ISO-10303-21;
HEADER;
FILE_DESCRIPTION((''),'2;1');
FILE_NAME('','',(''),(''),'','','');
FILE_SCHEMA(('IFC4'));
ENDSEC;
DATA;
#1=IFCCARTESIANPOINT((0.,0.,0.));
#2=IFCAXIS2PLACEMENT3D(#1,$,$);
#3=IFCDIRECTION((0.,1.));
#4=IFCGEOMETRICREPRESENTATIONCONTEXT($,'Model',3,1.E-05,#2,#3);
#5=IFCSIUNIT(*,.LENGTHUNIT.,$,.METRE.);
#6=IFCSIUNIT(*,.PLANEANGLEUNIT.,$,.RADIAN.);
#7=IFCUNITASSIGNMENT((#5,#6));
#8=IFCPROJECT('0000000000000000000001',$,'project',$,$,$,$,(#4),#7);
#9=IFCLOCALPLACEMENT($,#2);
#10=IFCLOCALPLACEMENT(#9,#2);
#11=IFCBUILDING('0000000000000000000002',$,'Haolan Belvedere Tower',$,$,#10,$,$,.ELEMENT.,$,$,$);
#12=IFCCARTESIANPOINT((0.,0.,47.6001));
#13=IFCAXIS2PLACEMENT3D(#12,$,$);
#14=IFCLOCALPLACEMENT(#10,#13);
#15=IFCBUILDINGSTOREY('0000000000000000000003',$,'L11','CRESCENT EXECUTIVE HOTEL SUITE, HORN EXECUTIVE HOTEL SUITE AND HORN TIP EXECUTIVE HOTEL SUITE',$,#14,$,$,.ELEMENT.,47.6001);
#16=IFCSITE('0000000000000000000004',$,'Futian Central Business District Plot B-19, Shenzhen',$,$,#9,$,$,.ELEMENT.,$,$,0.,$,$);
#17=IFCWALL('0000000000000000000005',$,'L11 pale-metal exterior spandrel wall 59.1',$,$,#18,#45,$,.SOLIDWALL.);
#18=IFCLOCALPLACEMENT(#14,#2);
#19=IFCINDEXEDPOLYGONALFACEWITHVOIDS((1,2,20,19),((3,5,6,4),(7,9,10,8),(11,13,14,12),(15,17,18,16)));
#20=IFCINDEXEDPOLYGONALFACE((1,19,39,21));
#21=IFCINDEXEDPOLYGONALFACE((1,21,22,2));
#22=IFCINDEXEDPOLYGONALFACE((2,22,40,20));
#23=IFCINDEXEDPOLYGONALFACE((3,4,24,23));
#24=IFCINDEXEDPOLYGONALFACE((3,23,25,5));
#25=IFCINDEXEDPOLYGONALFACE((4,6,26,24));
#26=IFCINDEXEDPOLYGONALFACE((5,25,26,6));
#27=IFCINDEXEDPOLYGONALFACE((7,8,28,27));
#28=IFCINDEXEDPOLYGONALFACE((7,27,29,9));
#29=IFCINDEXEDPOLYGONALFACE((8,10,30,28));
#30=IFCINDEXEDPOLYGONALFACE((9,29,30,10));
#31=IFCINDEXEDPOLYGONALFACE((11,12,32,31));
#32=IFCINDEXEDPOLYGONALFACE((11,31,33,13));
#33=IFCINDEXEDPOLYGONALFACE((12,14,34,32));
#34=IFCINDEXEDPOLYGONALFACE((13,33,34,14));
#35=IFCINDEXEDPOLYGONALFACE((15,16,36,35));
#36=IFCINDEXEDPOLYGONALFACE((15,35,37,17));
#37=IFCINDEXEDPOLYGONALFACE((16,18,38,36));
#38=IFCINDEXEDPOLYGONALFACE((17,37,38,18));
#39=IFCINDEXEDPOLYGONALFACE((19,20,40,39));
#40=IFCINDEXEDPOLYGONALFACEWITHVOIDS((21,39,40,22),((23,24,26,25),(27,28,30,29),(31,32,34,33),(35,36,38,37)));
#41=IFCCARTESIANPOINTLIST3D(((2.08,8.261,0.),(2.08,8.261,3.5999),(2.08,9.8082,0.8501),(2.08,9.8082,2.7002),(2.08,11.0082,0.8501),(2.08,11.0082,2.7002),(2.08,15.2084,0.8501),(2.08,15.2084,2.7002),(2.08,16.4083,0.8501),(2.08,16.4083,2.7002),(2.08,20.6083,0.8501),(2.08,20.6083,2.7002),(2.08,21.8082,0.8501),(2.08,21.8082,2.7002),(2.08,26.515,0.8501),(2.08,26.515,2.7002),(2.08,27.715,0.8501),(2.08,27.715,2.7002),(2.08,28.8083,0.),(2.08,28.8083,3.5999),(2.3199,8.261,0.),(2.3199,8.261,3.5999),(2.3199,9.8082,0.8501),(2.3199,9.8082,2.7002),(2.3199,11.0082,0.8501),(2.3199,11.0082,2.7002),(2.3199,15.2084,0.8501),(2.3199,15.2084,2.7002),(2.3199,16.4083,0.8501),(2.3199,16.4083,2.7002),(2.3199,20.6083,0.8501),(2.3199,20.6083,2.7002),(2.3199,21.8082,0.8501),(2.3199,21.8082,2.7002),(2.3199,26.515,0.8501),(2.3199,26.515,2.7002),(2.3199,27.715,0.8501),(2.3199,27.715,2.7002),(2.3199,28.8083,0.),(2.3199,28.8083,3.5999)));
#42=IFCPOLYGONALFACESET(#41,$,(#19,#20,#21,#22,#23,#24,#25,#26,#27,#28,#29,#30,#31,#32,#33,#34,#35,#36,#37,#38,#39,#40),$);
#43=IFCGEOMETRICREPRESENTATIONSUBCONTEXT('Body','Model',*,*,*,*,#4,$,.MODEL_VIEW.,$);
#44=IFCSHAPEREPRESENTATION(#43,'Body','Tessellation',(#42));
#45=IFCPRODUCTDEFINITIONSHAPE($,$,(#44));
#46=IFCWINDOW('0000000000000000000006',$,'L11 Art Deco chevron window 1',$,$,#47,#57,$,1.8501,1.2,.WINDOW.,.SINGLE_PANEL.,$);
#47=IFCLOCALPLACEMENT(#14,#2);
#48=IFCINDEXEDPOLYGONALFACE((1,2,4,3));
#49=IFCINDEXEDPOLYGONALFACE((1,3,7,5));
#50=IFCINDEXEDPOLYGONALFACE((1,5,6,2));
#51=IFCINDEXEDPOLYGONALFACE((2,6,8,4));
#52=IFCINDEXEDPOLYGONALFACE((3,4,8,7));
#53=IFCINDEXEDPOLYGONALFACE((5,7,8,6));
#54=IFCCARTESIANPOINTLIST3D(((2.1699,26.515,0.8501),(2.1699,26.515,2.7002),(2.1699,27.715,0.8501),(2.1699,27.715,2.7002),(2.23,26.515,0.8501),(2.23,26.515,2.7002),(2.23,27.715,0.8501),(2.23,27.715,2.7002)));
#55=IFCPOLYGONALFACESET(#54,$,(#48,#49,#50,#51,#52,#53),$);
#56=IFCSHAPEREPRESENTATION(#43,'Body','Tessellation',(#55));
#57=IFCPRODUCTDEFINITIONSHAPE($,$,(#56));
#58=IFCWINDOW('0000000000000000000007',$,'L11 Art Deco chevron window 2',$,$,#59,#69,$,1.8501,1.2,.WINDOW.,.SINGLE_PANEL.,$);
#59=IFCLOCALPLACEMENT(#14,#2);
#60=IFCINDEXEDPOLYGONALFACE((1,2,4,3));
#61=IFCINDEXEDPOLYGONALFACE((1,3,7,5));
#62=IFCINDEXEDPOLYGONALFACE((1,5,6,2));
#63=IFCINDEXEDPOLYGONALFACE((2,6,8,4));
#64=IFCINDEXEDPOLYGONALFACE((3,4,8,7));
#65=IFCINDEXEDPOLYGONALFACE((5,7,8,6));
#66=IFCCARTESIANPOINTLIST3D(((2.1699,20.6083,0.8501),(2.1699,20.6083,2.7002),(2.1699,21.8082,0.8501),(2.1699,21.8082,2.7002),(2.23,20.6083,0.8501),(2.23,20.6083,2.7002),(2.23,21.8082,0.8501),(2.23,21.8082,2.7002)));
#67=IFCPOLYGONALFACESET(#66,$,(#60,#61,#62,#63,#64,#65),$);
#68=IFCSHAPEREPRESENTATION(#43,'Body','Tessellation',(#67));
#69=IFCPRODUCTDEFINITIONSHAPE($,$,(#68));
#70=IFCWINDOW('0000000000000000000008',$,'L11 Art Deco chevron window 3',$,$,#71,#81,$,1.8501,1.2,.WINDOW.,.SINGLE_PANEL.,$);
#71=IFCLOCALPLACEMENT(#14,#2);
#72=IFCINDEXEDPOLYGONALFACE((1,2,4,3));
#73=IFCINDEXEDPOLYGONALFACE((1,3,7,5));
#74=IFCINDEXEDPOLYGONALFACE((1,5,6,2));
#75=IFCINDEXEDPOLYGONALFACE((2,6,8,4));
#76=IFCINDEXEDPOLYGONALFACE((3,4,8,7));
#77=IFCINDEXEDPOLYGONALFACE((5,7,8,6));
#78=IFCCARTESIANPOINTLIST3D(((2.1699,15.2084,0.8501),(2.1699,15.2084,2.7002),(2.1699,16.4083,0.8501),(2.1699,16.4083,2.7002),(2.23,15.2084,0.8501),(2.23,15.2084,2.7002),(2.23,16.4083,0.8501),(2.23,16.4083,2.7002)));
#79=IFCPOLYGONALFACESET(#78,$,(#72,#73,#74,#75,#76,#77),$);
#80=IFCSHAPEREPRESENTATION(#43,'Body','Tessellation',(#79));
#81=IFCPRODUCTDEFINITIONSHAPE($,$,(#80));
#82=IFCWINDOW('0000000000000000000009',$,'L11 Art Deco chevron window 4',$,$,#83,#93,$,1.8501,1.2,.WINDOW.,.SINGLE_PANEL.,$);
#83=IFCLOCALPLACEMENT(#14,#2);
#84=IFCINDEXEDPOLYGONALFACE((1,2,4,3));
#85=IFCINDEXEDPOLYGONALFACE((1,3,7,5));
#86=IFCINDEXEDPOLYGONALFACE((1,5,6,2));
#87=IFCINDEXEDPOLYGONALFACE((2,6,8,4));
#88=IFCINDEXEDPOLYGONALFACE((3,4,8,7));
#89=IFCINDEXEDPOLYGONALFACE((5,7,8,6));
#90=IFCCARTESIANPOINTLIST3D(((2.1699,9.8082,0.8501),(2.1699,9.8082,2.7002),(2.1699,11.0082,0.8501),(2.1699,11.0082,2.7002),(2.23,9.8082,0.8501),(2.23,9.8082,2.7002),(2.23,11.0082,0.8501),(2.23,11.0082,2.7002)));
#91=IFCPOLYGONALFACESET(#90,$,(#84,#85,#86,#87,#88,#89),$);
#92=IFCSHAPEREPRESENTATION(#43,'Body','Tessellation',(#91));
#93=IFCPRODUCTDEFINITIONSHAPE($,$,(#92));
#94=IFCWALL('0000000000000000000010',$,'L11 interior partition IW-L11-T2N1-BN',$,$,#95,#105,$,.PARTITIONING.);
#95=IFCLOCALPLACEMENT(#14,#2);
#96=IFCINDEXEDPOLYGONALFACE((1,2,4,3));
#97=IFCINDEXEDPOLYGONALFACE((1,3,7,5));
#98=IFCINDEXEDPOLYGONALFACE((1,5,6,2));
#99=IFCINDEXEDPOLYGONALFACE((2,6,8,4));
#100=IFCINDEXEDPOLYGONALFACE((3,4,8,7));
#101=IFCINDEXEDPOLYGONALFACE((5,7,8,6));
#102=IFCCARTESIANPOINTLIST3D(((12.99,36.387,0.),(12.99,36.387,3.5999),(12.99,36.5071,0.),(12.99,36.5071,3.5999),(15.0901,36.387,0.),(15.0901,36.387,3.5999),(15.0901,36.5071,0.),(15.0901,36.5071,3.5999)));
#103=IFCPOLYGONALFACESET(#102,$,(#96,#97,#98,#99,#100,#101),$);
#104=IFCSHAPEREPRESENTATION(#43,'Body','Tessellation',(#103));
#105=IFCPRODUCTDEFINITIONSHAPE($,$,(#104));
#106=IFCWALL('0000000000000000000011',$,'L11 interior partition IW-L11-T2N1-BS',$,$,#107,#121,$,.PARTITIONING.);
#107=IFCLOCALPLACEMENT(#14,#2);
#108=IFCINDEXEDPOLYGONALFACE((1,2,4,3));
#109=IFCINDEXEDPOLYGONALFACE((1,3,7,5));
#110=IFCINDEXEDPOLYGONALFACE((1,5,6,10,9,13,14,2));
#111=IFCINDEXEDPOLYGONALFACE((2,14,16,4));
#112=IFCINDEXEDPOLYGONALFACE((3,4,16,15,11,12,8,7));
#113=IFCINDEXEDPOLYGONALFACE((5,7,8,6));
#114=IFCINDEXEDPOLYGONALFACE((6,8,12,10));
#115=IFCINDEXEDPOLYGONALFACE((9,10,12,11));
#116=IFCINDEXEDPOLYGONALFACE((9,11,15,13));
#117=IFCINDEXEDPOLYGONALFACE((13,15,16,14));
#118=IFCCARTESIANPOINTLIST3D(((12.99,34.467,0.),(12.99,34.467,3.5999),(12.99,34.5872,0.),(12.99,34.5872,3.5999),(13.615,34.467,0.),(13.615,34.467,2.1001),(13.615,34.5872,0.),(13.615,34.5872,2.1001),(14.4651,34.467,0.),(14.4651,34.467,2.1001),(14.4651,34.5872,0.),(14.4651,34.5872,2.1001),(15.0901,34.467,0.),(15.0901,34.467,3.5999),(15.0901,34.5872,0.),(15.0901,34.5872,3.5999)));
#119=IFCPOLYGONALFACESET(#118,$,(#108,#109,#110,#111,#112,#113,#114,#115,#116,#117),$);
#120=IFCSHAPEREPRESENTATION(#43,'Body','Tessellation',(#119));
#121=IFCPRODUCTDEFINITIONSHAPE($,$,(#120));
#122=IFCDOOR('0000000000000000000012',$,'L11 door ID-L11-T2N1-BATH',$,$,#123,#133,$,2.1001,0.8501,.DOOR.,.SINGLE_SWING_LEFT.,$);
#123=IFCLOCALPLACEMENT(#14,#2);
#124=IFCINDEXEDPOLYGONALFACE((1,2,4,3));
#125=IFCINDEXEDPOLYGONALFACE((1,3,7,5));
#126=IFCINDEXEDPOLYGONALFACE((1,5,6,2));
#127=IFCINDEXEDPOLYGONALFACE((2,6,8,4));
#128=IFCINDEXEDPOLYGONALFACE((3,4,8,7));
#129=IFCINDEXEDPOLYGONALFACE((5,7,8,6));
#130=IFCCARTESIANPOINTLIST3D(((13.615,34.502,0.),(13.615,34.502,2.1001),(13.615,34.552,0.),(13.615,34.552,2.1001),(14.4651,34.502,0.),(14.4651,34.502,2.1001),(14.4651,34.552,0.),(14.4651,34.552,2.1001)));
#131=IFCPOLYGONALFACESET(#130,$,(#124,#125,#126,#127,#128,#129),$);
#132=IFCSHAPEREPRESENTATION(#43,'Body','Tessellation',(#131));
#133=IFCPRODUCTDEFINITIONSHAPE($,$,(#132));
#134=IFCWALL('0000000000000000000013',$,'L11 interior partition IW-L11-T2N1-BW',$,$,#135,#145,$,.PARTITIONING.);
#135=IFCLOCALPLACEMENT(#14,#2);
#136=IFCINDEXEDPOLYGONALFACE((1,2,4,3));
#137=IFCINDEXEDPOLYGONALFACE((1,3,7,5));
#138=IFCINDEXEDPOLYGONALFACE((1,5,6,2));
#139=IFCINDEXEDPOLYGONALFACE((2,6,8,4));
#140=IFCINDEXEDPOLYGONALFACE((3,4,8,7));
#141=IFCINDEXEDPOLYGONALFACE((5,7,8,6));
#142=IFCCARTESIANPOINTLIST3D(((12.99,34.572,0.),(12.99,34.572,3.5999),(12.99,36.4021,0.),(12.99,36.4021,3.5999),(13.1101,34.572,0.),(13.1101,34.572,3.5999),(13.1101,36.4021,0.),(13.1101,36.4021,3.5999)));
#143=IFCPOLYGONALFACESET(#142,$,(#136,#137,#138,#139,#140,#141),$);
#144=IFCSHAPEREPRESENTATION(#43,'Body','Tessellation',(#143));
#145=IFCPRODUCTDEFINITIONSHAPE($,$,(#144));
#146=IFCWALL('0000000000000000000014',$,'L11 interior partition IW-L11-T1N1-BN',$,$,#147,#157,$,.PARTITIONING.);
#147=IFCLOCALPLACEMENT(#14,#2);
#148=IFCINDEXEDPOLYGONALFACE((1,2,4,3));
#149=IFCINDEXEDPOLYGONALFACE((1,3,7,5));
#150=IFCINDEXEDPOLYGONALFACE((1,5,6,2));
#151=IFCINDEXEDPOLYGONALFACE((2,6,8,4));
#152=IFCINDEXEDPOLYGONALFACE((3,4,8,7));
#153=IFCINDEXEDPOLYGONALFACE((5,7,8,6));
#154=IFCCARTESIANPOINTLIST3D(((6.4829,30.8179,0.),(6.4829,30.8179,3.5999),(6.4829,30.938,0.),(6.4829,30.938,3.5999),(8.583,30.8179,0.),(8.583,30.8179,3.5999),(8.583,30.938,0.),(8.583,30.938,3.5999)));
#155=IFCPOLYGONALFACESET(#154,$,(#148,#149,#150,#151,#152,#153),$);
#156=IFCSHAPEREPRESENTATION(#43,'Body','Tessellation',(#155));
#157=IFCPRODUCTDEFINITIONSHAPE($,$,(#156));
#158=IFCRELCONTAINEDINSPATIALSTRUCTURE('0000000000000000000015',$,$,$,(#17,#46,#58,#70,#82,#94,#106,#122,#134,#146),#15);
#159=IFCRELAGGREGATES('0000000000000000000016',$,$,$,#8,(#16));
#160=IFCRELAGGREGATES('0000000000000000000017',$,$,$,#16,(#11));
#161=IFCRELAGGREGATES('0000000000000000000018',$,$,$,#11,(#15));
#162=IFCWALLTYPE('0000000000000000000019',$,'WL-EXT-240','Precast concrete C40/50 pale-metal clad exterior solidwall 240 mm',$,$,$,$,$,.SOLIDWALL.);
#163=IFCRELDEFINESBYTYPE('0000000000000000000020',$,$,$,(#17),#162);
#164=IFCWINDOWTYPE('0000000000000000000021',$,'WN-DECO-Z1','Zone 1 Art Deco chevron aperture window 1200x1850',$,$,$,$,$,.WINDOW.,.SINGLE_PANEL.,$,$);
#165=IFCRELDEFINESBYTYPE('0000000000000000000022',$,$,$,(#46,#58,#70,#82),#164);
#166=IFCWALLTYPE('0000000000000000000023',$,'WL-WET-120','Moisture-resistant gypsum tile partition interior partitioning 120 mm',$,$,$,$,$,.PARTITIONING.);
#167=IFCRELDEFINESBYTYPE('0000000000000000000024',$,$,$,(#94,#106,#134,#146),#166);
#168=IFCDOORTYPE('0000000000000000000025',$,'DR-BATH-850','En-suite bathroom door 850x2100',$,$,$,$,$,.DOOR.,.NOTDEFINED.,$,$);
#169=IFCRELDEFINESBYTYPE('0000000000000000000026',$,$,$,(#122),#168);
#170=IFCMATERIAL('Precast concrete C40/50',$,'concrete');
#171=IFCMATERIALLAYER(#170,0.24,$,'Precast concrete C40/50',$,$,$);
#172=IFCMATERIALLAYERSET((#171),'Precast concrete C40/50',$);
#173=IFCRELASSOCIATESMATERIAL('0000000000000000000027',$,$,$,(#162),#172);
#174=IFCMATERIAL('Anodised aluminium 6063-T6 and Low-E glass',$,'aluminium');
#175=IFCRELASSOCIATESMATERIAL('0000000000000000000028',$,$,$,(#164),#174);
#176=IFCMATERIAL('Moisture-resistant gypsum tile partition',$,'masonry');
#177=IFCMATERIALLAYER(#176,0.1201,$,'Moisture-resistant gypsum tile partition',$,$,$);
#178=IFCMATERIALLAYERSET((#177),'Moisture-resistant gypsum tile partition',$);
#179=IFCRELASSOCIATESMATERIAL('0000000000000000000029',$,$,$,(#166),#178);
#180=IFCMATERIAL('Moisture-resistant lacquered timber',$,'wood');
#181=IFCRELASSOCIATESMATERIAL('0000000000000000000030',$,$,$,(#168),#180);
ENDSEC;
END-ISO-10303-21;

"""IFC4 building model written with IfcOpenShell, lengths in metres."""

from ifc_helpers import new_model, si_unit, direction, frame, frame_2d, origin, place, context, subcontext, project, spatial, rectangle, extrude, material, layer, layer_set, type_object, element, fill, save


model = new_model("IFC4")

# Units and contexts
model_context = context("Model", 3, precision=1e-05, world=origin(), true_north=direction((0.0, 1.0)))
body_context = subcontext(model_context, "Body", "Model", "MODEL_VIEW")
ifc_project = project(units=[si_unit("LENGTHUNIT", "METRE"), si_unit("PLANEANGLEUNIT", "RADIAN")], contexts=[model_context])

# Site, building, storey
site_placement = place(None, origin())
site = spatial("IfcSite", under=ifc_project, at=site_placement, Name="Futian Central Business District Plot B-19, Shenzhen", CompositionType="ELEMENT", RefElevation=0.0)
building_placement = place(site_placement, origin())
building = spatial("IfcBuilding", under=site, at=building_placement, Name="Haolan Belvedere Tower", CompositionType="ELEMENT")
storey_placement = place(building_placement, frame((0.0, 0.0, 47.6001)))
storey = spatial("IfcBuildingStorey", under=building, at=storey_placement, Name="L11", Description="CRESCENT EXECUTIVE HOTEL SUITE, HORN EXECUTIVE HOTEL SUITE AND HORN TIP EXECUTIVE HOTEL SUITE", CompositionType="ELEMENT", Elevation=47.6001)

# Shared definitions
ifc_material_1 = material(Name="Precast concrete C40/50", Category="concrete")
ifc_layer_1 = layer(ifc_material_1, 0.24, Name="Precast concrete C40/50")
ifc_layer_set_1 = layer_set([ifc_layer_1], Name="Precast concrete C40/50")
wall_type_1 = type_object("IfcWallType", Name="WL-EXT-240", Description="Precast concrete C40/50 pale-metal clad exterior solidwall 240 mm", PredefinedType="SOLIDWALL", material=ifc_layer_set_1)

# Shared definitions
ifc_material_2 = material(Name="Anodised aluminium 6063-T6 and Low-E glass", Category="aluminium")
window_type = type_object("IfcWindowType", Name="WN-DECO-Z1", Description="Zone 1 Art Deco chevron aperture window 1200x1850", PartitioningType="SINGLE_PANEL", PredefinedType="WINDOW", material=ifc_material_2)

# Wall, openings, windows
wall_1_placement = place(storey_placement, frame((2.2, 28.8083, 0.0), z_axis=(0.0, 0.0, 1.0), x_axis=(0.0, -1.0, 0.0)))
wall_1 = element("IfcWall", 1, at=wall_1_placement, inside=storey, type_object=wall_type_1, Name="L11 pale-metal exterior spandrel wall 59.1", PredefinedType="SOLIDWALL", context=body_context, shape_type="SweptSolid", body=[
    extrude(rectangle(XDim=20.5474, YDim=0.24, at=frame_2d((10.2737, 0.0))), origin(), (0.0, 0.0, 1.0), 3.5999),
])
opening_1_placement = place(wall_1_placement, frame((1.0933, 0.0, 0.8501)))
opening_1 = element("IfcOpeningElement", 2, at=opening_1_placement, cuts=wall_1, PredefinedType="OPENING", context=body_context, shape_type="SweptSolid", body=[
    extrude(rectangle(XDim=1.2, YDim=1.8501, at=frame_2d((0.6001, 0.925))), frame((0.0, 0.1299, 0.0), z_axis=(0.0, -1.0, 0.0), x_axis=(1.0, 0.0, 0.0)), (0.0, 0.0, 1.0), 0.26),
])
opening_2_placement = place(wall_1_placement, frame((7.0, 0.0, 0.8501)))
opening_2 = element("IfcOpeningElement", 3, at=opening_2_placement, cuts=wall_1, PredefinedType="OPENING", context=body_context, shape_type="SweptSolid", body=[
    extrude(rectangle(XDim=1.2, YDim=1.8501, at=frame_2d((0.6001, 0.925))), frame((0.0, 0.1299, 0.0), z_axis=(0.0, -1.0, 0.0), x_axis=(1.0, 0.0, 0.0)), (0.0, 0.0, 1.0), 0.26),
])
opening_3_placement = place(wall_1_placement, frame((12.3999, 0.0, 0.8501)))
opening_3 = element("IfcOpeningElement", 4, at=opening_3_placement, cuts=wall_1, PredefinedType="OPENING", context=body_context, shape_type="SweptSolid", body=[
    extrude(rectangle(XDim=1.2, YDim=1.8501, at=frame_2d((0.6001, 0.925))), frame((0.0, 0.1299, 0.0), z_axis=(0.0, -1.0, 0.0), x_axis=(1.0, 0.0, 0.0)), (0.0, 0.0, 1.0), 0.26),
])
opening_4_placement = place(wall_1_placement, frame((17.8, 0.0, 0.8501)))
opening_4 = element("IfcOpeningElement", 5, at=opening_4_placement, cuts=wall_1, PredefinedType="OPENING", context=body_context, shape_type="SweptSolid", body=[
    extrude(rectangle(XDim=1.2, YDim=1.8501, at=frame_2d((0.6001, 0.925))), frame((0.0, 0.1299, 0.0), z_axis=(0.0, -1.0, 0.0), x_axis=(1.0, 0.0, 0.0)), (0.0, 0.0, 1.0), 0.26),
])
window_1_placement = place(opening_1_placement, origin())
window_1 = element("IfcWindow", 6, at=window_1_placement, inside=storey, type_object=window_type, Name="L11 Art Deco chevron window 1", OverallHeight=1.8501, OverallWidth=1.2, PartitioningType="SINGLE_PANEL", PredefinedType="WINDOW", context=body_context, shape_type="SweptSolid", body=[
    extrude(rectangle(XDim=1.2, YDim=1.8501, at=frame_2d((0.6001, 0.925))), frame((0.0, 0.03, 0.0), z_axis=(0.0, -1.0, 0.0), x_axis=(1.0, 0.0, 0.0)), (0.0, 0.0, 1.0), 0.0601),
])
fill(opening_1, window_1)
window_2_placement = place(opening_2_placement, origin())
window_2 = element("IfcWindow", 7, at=window_2_placement, inside=storey, type_object=window_type, Name="L11 Art Deco chevron window 2", OverallHeight=1.8501, OverallWidth=1.2, PartitioningType="SINGLE_PANEL", PredefinedType="WINDOW", context=body_context, shape_type="SweptSolid", body=[
    extrude(rectangle(XDim=1.2, YDim=1.8501, at=frame_2d((0.6001, 0.925))), frame((0.0, 0.03, 0.0), z_axis=(0.0, -1.0, 0.0), x_axis=(1.0, 0.0, 0.0)), (0.0, 0.0, 1.0), 0.0601),
])
fill(opening_2, window_2)
window_3_placement = place(opening_3_placement, origin())
window_3 = element("IfcWindow", 8, at=window_3_placement, inside=storey, type_object=window_type, Name="L11 Art Deco chevron window 3", OverallHeight=1.8501, OverallWidth=1.2, PartitioningType="SINGLE_PANEL", PredefinedType="WINDOW", context=body_context, shape_type="SweptSolid", body=[
    extrude(rectangle(XDim=1.2, YDim=1.8501, at=frame_2d((0.6001, 0.925))), frame((0.0, 0.03, 0.0), z_axis=(0.0, -1.0, 0.0), x_axis=(1.0, 0.0, 0.0)), (0.0, 0.0, 1.0), 0.0601),
])
fill(opening_3, window_3)
window_4_placement = place(opening_4_placement, origin())
window_4 = element("IfcWindow", 9, at=window_4_placement, inside=storey, type_object=window_type, Name="L11 Art Deco chevron window 4", OverallHeight=1.8501, OverallWidth=1.2, PartitioningType="SINGLE_PANEL", PredefinedType="WINDOW", context=body_context, shape_type="SweptSolid", body=[
    extrude(rectangle(XDim=1.2, YDim=1.8501, at=frame_2d((0.6001, 0.925))), frame((0.0, 0.03, 0.0), z_axis=(0.0, -1.0, 0.0), x_axis=(1.0, 0.0, 0.0)), (0.0, 0.0, 1.0), 0.0601),
])
fill(opening_4, window_4)

# Wall
ifc_material_3 = material(Name="Moisture-resistant gypsum tile partition", Category="masonry")
ifc_layer_2 = layer(ifc_material_3, 0.1201, Name="Moisture-resistant gypsum tile partition")
ifc_layer_set_2 = layer_set([ifc_layer_2], Name="Moisture-resistant gypsum tile partition")
wall_type_2 = type_object("IfcWallType", Name="WL-WET-120", Description="Moisture-resistant gypsum tile partition interior partitioning 120 mm", PredefinedType="PARTITIONING", material=ifc_layer_set_2)
wall_2_placement = place(storey_placement, frame((12.99, 36.447, 0.0), z_axis=(0.0, 0.0, 1.0), x_axis=(1.0, 0.0, 0.0)))
element("IfcWall", 10, at=wall_2_placement, inside=storey, type_object=wall_type_2, Name="L11 interior partition IW-L11-T2N1-BN", PredefinedType="PARTITIONING", context=body_context, shape_type="SweptSolid", body=[
    extrude(rectangle(XDim=2.1001, YDim=0.1201, at=frame_2d((1.05, 0.0))), origin(), (0.0, 0.0, 1.0), 3.5999),
])

# Wall, opening, door
wall_3_placement = place(storey_placement, frame((12.99, 34.5271, 0.0), z_axis=(0.0, 0.0, 1.0), x_axis=(1.0, 0.0, 0.0)))
wall_3 = element("IfcWall", 11, at=wall_3_placement, inside=storey, type_object=wall_type_2, Name="L11 interior partition IW-L11-T2N1-BS", PredefinedType="PARTITIONING", context=body_context, shape_type="SweptSolid", body=[
    extrude(rectangle(XDim=2.1001, YDim=0.1201, at=frame_2d((1.05, 0.0))), origin(), (0.0, 0.0, 1.0), 3.5999),
])
opening_5_placement = place(wall_3_placement, frame((0.625, 0.0, 0.0)))
opening_5 = element("IfcOpeningElement", 12, at=opening_5_placement, cuts=wall_3, PredefinedType="OPENING", context=body_context, shape_type="SweptSolid", body=[
    extrude(rectangle(XDim=0.8501, YDim=2.1001, at=frame_2d((0.425, 1.05))), frame((0.0, 0.0701, 0.0), z_axis=(0.0, -1.0, 0.0), x_axis=(1.0, 0.0, 0.0)), (0.0, 0.0, 1.0), 0.1401),
])
ifc_material_4 = material(Name="Moisture-resistant lacquered timber", Category="wood")
door_type = type_object("IfcDoorType", Name="DR-BATH-850", Description="En-suite bathroom door 850x2100", OperationType="NOTDEFINED", PredefinedType="DOOR", material=ifc_material_4)
door_1_placement = place(opening_5_placement, origin())
door_1 = element("IfcDoor", 13, at=door_1_placement, inside=storey, type_object=door_type, Name="L11 door ID-L11-T2N1-BATH", OperationType="SINGLE_SWING_LEFT", OverallHeight=2.1001, OverallWidth=0.8501, PredefinedType="DOOR", context=body_context, shape_type="SweptSolid", body=[
    extrude(rectangle(XDim=0.8501, YDim=2.1001, at=frame_2d((0.425, 1.05))), frame((0.0, 0.0249, 0.0), z_axis=(0.0, -1.0, 0.0), x_axis=(1.0, 0.0, 0.0)), (0.0, 0.0, 1.0), 0.05),
])
fill(opening_5, door_1)

# Walls
wall_4_placement = place(storey_placement, frame((13.05, 34.572, 0.0), z_axis=(0.0, 0.0, 1.0), x_axis=(0.0, 1.0, 0.0)))
element("IfcWall", 14, at=wall_4_placement, inside=storey, type_object=wall_type_2, Name="L11 interior partition IW-L11-T2N1-BW", PredefinedType="PARTITIONING", context=body_context, shape_type="SweptSolid", body=[
    extrude(rectangle(XDim=1.8301, YDim=0.1201, at=frame_2d((0.915, 0.0))), origin(), (0.0, 0.0, 1.0), 3.5999),
])
wall_5_placement = place(storey_placement, frame((6.4829, 30.8779, 0.0), z_axis=(0.0, 0.0, 1.0), x_axis=(1.0, 0.0, 0.0)))
element("IfcWall", 15, at=wall_5_placement, inside=storey, type_object=wall_type_2, Name="L11 interior partition IW-L11-T1N1-BN", PredefinedType="PARTITIONING", context=body_context, shape_type="SweptSolid", body=[
    extrude(rectangle(XDim=2.1001, YDim=0.1201, at=frame_2d((1.05, 0.0))), origin(), (0.0, 0.0, 1.0), 3.5999),
])

save(model, "model.ifc")
